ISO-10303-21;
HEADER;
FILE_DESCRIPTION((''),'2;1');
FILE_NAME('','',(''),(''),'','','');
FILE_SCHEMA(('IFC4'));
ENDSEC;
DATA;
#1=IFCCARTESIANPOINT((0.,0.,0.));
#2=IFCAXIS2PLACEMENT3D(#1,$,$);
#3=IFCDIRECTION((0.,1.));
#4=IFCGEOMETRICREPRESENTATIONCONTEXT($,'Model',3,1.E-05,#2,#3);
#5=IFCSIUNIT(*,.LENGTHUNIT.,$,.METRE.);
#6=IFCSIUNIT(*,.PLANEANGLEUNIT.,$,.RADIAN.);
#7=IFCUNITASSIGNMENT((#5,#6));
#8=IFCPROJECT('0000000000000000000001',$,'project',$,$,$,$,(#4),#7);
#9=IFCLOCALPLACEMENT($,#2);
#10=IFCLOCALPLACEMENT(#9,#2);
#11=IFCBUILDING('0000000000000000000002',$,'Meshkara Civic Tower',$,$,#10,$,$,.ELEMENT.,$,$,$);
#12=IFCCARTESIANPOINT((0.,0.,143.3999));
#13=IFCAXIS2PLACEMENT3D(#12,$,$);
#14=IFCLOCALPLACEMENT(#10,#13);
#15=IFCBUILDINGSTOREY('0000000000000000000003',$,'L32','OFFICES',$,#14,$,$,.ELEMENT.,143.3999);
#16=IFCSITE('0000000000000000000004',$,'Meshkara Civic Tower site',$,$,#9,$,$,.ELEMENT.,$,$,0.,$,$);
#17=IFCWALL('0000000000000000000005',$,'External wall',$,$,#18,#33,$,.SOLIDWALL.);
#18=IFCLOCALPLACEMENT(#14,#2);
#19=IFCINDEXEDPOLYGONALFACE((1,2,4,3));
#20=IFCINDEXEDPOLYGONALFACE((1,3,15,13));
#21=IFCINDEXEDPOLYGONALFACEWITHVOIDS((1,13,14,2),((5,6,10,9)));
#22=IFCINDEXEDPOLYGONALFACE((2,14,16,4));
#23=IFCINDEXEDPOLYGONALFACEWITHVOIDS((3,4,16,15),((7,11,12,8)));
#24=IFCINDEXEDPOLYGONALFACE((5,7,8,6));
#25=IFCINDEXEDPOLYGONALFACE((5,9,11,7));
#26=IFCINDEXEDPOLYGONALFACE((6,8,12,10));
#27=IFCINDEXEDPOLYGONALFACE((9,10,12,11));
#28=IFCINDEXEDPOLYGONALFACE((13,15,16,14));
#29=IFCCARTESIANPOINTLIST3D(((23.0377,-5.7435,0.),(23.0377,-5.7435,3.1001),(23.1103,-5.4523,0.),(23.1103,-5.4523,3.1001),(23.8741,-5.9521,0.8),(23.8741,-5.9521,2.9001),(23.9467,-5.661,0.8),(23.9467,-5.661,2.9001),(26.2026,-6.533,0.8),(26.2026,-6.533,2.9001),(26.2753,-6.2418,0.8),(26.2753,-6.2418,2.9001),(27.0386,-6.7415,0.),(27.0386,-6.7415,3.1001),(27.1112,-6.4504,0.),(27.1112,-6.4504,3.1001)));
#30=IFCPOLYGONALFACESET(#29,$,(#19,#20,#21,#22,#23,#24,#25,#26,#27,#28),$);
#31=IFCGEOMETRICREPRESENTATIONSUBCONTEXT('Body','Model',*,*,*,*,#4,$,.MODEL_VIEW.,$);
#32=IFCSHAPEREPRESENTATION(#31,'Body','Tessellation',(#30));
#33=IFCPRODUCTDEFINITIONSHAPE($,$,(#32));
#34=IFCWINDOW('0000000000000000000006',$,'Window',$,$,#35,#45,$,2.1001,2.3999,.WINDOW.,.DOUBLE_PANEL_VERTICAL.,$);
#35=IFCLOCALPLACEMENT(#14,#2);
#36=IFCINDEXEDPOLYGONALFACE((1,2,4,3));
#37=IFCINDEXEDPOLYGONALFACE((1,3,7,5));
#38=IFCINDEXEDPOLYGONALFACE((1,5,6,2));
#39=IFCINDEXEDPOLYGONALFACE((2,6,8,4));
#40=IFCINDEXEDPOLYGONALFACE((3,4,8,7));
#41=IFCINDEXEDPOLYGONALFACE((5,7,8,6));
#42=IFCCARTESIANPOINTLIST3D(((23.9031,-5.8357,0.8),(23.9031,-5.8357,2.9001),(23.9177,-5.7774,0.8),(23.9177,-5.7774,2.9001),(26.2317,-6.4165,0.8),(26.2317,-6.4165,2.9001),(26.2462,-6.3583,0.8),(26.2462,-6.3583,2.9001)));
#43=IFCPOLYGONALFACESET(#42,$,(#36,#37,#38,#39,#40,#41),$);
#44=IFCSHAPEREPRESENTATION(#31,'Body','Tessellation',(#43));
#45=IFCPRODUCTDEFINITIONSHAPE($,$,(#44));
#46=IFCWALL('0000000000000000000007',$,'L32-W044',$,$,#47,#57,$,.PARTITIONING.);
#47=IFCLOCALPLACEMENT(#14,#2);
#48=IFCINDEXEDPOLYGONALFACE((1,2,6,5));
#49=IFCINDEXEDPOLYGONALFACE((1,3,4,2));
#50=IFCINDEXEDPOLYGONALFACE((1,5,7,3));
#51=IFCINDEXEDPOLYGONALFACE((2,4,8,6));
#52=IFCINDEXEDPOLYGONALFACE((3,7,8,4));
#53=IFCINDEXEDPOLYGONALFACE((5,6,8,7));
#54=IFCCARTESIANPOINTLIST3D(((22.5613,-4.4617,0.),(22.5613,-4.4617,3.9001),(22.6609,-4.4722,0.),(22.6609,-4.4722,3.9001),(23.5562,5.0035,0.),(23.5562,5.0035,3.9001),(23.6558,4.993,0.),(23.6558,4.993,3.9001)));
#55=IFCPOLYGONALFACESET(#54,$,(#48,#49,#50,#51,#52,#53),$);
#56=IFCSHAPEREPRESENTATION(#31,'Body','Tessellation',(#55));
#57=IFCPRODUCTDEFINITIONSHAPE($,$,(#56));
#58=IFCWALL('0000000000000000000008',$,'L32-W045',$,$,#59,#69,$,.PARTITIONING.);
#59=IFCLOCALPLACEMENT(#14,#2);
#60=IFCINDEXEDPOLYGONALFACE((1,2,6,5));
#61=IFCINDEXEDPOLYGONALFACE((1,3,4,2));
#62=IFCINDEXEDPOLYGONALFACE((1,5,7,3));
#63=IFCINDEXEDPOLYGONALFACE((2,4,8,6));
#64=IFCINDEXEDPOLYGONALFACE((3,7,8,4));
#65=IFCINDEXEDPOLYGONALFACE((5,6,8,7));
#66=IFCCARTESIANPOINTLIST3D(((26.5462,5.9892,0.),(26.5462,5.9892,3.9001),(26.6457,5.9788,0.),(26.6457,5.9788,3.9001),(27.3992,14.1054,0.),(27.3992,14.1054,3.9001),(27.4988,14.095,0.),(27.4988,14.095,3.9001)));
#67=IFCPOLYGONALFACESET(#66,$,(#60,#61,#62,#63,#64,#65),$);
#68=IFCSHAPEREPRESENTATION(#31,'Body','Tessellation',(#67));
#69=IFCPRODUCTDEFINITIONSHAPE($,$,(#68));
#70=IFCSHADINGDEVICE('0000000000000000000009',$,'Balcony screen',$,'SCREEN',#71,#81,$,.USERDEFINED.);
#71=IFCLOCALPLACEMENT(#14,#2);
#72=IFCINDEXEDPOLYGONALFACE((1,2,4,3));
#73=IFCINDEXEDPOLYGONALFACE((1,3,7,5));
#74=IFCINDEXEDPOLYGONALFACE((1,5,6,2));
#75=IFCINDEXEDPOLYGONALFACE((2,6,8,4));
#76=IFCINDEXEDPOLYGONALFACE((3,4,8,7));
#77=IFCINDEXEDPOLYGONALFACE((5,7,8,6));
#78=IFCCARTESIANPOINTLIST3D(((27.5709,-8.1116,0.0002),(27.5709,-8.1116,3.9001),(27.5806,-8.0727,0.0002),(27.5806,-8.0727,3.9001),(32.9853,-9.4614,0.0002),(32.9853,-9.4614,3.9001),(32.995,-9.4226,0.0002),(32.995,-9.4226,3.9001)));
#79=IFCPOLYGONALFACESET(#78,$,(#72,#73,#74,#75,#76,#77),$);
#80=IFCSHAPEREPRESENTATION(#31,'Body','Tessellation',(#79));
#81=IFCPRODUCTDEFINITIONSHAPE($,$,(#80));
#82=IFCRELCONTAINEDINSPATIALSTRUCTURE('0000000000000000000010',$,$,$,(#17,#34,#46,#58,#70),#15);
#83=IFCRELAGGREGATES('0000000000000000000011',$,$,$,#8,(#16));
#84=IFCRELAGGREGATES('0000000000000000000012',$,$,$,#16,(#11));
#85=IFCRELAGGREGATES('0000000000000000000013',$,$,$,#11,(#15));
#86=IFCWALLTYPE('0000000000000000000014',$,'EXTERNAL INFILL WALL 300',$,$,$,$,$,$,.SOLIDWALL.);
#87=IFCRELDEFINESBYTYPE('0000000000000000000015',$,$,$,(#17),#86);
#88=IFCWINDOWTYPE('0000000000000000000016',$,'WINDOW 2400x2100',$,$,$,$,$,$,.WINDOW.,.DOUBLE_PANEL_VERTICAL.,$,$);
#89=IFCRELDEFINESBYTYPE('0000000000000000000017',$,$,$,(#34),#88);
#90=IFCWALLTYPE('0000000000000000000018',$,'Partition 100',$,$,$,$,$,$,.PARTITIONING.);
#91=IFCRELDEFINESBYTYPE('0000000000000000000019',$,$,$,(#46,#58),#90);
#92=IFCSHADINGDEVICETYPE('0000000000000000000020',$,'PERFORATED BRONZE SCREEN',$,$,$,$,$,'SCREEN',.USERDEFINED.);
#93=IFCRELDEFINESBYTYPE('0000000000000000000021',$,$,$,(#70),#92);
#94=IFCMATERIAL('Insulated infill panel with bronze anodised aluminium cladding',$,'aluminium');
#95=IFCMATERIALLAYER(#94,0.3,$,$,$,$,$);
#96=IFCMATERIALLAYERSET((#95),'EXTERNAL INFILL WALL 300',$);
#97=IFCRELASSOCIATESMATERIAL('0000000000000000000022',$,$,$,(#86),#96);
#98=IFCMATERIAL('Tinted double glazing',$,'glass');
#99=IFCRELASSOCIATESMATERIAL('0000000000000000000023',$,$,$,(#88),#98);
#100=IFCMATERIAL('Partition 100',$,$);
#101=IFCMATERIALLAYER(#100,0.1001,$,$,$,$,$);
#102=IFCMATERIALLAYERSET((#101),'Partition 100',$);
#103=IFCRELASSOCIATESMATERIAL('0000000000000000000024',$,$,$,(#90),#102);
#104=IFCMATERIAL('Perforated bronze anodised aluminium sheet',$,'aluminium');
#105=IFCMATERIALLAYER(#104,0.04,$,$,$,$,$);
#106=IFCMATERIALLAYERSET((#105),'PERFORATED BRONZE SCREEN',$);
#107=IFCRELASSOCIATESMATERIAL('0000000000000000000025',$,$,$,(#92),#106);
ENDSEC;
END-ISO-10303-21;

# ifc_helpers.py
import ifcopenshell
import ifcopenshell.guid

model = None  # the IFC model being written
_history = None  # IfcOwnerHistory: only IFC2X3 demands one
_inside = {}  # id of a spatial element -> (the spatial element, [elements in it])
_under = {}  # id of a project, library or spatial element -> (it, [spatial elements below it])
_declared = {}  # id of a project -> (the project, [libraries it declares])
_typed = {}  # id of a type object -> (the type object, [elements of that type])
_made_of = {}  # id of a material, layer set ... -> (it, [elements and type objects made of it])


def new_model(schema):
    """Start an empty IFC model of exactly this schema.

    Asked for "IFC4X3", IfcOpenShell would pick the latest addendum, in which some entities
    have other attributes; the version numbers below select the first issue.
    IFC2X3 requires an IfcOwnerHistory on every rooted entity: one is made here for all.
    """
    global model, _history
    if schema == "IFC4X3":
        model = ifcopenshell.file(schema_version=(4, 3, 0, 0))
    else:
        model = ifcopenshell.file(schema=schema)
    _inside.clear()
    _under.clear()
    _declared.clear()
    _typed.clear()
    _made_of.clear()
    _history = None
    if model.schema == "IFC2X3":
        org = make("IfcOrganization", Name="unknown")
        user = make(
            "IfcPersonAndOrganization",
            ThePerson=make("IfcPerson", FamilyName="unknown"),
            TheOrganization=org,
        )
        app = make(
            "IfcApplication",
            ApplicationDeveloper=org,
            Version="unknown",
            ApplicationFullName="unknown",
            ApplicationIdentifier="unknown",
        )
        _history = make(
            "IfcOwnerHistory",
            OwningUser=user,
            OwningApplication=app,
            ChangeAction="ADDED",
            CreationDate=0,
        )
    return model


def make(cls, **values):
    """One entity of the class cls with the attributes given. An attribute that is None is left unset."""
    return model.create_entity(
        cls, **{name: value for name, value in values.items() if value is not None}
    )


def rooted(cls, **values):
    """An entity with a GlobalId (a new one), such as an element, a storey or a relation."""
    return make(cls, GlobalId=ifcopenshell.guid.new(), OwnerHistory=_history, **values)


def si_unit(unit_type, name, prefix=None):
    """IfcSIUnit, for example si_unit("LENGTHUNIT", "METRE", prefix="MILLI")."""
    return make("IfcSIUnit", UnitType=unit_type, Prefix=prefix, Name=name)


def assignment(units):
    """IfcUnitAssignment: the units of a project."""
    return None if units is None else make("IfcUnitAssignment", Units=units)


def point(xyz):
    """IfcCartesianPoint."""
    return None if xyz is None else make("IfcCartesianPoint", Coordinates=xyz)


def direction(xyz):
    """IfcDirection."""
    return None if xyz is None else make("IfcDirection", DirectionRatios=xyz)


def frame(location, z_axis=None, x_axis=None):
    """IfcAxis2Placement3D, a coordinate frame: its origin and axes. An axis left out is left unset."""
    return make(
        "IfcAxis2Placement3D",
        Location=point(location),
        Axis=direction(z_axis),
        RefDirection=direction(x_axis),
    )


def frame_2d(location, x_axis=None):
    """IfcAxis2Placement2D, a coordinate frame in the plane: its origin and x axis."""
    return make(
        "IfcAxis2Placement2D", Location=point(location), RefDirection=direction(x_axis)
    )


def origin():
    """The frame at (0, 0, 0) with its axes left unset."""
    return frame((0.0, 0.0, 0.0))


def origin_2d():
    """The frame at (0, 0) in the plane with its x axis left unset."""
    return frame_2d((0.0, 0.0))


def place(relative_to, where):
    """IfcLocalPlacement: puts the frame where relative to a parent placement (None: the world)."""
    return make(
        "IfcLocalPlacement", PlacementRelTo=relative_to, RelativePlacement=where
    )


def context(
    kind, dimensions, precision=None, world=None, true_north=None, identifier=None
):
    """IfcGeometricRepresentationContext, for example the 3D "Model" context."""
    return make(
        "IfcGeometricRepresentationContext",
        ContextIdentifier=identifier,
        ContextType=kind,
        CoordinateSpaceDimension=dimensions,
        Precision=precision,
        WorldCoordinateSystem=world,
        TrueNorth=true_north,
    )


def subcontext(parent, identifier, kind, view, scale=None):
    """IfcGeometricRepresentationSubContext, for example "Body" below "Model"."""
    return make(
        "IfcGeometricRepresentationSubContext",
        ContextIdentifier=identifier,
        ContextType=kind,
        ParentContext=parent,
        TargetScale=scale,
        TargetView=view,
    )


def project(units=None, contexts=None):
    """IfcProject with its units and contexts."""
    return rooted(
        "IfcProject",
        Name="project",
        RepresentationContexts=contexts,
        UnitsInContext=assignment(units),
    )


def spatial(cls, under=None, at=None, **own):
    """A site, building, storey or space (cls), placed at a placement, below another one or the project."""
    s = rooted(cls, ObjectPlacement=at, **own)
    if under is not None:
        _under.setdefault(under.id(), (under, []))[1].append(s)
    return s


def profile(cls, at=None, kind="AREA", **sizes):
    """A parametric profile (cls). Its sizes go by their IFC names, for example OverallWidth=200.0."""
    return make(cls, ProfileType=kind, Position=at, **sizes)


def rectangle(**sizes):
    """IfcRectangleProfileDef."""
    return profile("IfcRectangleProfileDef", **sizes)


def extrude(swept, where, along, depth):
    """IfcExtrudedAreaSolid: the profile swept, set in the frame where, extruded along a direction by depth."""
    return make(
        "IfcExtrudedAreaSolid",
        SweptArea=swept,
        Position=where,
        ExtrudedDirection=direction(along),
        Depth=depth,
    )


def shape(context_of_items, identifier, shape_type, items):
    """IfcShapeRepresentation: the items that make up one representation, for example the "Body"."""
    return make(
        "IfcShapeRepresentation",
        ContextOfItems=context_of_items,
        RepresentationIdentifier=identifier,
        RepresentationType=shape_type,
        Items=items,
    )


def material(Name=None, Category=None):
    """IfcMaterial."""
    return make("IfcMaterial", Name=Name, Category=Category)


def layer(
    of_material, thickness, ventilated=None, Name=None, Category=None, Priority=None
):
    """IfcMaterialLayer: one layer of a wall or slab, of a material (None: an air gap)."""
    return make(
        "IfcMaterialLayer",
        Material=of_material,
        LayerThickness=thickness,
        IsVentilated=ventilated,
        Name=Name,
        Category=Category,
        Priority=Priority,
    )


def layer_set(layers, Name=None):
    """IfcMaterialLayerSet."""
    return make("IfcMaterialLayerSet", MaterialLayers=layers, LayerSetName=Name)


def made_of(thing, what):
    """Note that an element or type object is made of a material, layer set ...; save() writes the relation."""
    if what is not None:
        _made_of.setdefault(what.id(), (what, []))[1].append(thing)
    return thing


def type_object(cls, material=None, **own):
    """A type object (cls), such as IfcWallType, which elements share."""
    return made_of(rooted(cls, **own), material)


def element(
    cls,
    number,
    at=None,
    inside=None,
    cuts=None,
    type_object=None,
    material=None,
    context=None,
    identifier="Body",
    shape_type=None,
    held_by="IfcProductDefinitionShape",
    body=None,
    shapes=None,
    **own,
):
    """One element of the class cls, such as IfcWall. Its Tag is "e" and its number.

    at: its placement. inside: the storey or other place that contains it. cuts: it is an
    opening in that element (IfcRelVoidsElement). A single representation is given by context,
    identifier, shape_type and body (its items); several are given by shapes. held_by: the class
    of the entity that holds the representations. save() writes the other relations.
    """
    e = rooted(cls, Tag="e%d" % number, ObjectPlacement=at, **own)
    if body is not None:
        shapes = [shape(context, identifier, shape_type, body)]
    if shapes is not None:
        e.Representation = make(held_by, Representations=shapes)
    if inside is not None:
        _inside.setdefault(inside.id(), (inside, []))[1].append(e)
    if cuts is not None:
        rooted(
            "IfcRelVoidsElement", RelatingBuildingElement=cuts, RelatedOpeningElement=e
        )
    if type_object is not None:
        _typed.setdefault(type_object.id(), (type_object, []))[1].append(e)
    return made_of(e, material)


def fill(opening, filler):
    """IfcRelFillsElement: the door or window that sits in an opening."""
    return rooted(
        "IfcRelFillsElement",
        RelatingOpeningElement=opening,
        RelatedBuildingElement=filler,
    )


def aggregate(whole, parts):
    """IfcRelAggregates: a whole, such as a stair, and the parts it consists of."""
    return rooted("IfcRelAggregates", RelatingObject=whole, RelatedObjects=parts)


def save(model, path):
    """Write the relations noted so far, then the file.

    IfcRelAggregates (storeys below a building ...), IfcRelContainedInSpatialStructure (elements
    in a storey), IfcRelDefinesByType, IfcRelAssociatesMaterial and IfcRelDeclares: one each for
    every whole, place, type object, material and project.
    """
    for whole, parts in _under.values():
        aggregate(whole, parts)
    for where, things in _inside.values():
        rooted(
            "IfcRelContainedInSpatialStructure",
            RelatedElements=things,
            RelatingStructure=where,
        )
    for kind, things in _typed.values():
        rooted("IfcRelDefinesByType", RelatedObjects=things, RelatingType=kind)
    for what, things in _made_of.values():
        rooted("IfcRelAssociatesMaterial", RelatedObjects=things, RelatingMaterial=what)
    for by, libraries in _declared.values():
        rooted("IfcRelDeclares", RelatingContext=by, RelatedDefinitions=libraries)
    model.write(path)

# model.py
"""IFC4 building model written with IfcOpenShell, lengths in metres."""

from ifc_helpers import new_model, si_unit, direction, frame, frame_2d, origin, origin_2d, place, context, subcontext, project, spatial, rectangle, extrude, material, layer, layer_set, type_object, element, fill, save


model = new_model("IFC4")

# Units and contexts
model_context = context("Model", 3, precision=1e-05, world=origin(), true_north=direction((0.0, 1.0)))
body_context = subcontext(model_context, "Body", "Model", "MODEL_VIEW")
ifc_project = project(units=[si_unit("LENGTHUNIT", "METRE"), si_unit("PLANEANGLEUNIT", "RADIAN")], contexts=[model_context])

# Site, building, storey
site_placement = place(None, origin())
site = spatial("IfcSite", under=ifc_project, at=site_placement, Name="Meshkara Civic Tower site", CompositionType="ELEMENT", RefElevation=0.0)
building_placement = place(site_placement, origin())
building = spatial("IfcBuilding", under=site, at=building_placement, Name="Meshkara Civic Tower", CompositionType="ELEMENT")
storey_placement = place(building_placement, frame((0.0, 0.0, 143.3999)))
storey = spatial("IfcBuildingStorey", under=building, at=storey_placement, Name="L32", Description="OFFICES", CompositionType="ELEMENT", Elevation=143.3999)

# Wall, opening, window
ifc_material_1 = material(Name="Insulated infill panel with bronze anodised aluminium cladding", Category="aluminium")
ifc_layer_1 = layer(ifc_material_1, 0.3)
ifc_layer_set_1 = layer_set([ifc_layer_1], Name="EXTERNAL INFILL WALL 300")
wall_type_1 = type_object("IfcWallType", Name="EXTERNAL INFILL WALL 300", PredefinedType="SOLIDWALL", material=ifc_layer_set_1)
wall_1_placement = place(storey_placement, frame((23.074, -5.5979, 0.0), z_axis=(0.0, 0.0, 1.0), x_axis=(0.970268, -0.242034, 0.0)))
wall_1 = element("IfcWall", 1, at=wall_1_placement, inside=storey, type_object=wall_type_1, Name="External wall", PredefinedType="SOLIDWALL", context=body_context, shape_type="SweptSolid", body=[
    extrude(rectangle(XDim=4.1235, YDim=0.3, at=frame_2d((2.0618, 0.0))), origin(), (0.0, 0.0, 1.0), 3.1001),
])
opening_1_placement = place(wall_1_placement, frame((0.8621, 0.0, 0.8)))
opening_1 = element("IfcOpeningElement", 2, at=opening_1_placement, cuts=wall_1, PredefinedType="OPENING", context=body_context, shape_type="SweptSolid", body=[
    extrude(rectangle(XDim=2.3999, YDim=2.1001, at=frame_2d((1.2, 1.05))), frame((0.0, 0.1599, 0.0), z_axis=(0.0, -1.0, 0.0), x_axis=(1.0, 0.0, 0.0)), (0.0, 0.0, 1.0), 0.3201),
])
ifc_material_2 = material(Name="Tinted double glazing", Category="glass")
window_type = type_object("IfcWindowType", Name="WINDOW 2400x2100", PartitioningType="DOUBLE_PANEL_VERTICAL", PredefinedType="WINDOW", material=ifc_material_2)
window_placement = place(opening_1_placement, origin())
window = element("IfcWindow", 3, at=window_placement, inside=storey, type_object=window_type, Name="Window", OverallHeight=2.1001, OverallWidth=2.3999, PartitioningType="DOUBLE_PANEL_VERTICAL", PredefinedType="WINDOW", context=body_context, shape_type="SweptSolid", body=[
    extrude(rectangle(XDim=2.3999, YDim=2.1001, at=frame_2d((1.2, 1.05))), frame((0.0, 0.03, 0.0), z_axis=(0.0, -1.0, 0.0), x_axis=(1.0, 0.0, 0.0)), (0.0, 0.0, 1.0), 0.0601),
])
fill(opening_1, window)

# Walls
ifc_material_3 = material(Name="Partition 100")
ifc_layer_2 = layer(ifc_material_3, 0.1001)
ifc_layer_set_2 = layer_set([ifc_layer_2], Name="Partition 100")
wall_type_2 = type_object("IfcWallType", Name="Partition 100", PredefinedType="PARTITIONING", material=ifc_layer_set_2)
wall_2_placement = place(storey_placement, frame((22.6111, -4.467, 0.0), z_axis=(0.0, 0.0, 1.0), x_axis=(0.104534, 0.994521, 0.0)))
element("IfcWall", 4, at=wall_2_placement, inside=storey, type_object=wall_type_2, Name="L32-W044", PredefinedType="PARTITIONING", context=body_context, shape_type="SweptSolid", body=[
    extrude(rectangle(XDim=9.5173, YDim=0.1001, at=frame_2d((4.7588, 0.0))), origin(), (0.0, 0.0, 1.0), 3.9001),
])
wall_3_placement = place(storey_placement, frame((26.5959, 5.9839, 0.0), z_axis=(0.0, 0.0, 1.0), x_axis=(0.104526, 0.994522, 0.0)))
element("IfcWall", 5, at=wall_3_placement, inside=storey, type_object=wall_type_2, Name="L32-W045", PredefinedType="PARTITIONING", context=body_context, shape_type="SweptSolid", body=[
    extrude(rectangle(XDim=8.1609, YDim=0.1001, at=frame_2d((4.0806, 0.0))), origin(), (0.0, 0.0, 1.0), 3.9001),
])

# Shading device
ifc_material_4 = material(Name="Perforated bronze anodised aluminium sheet", Category="aluminium")
ifc_layer_3 = layer(ifc_material_4, 0.04)
ifc_layer_set_3 = layer_set([ifc_layer_3], Name="PERFORATED BRONZE SCREEN")
shading_device_type = type_object("IfcShadingDeviceType", Name="PERFORATED BRONZE SCREEN", ElementType="SCREEN", PredefinedType="USERDEFINED", material=ifc_layer_set_3)
shading_device_placement = place(storey_placement, frame((30.283, -8.7671, 0.0002), z_axis=(0.0, 0.0, 1.0), x_axis=(0.9703, -0.241905, 0.0)))
element("IfcShadingDevice", 6, at=shading_device_placement, inside=storey, type_object=shading_device_type, Name="Balcony screen", ObjectType="SCREEN", PredefinedType="USERDEFINED", context=body_context, shape_type="SweptSolid", body=[
    extrude(rectangle(XDim=5.5801, YDim=0.04, at=origin_2d()), origin(), (0.0, 0.0, 1.0), 3.8999),
])

save(model, "model.ifc")
